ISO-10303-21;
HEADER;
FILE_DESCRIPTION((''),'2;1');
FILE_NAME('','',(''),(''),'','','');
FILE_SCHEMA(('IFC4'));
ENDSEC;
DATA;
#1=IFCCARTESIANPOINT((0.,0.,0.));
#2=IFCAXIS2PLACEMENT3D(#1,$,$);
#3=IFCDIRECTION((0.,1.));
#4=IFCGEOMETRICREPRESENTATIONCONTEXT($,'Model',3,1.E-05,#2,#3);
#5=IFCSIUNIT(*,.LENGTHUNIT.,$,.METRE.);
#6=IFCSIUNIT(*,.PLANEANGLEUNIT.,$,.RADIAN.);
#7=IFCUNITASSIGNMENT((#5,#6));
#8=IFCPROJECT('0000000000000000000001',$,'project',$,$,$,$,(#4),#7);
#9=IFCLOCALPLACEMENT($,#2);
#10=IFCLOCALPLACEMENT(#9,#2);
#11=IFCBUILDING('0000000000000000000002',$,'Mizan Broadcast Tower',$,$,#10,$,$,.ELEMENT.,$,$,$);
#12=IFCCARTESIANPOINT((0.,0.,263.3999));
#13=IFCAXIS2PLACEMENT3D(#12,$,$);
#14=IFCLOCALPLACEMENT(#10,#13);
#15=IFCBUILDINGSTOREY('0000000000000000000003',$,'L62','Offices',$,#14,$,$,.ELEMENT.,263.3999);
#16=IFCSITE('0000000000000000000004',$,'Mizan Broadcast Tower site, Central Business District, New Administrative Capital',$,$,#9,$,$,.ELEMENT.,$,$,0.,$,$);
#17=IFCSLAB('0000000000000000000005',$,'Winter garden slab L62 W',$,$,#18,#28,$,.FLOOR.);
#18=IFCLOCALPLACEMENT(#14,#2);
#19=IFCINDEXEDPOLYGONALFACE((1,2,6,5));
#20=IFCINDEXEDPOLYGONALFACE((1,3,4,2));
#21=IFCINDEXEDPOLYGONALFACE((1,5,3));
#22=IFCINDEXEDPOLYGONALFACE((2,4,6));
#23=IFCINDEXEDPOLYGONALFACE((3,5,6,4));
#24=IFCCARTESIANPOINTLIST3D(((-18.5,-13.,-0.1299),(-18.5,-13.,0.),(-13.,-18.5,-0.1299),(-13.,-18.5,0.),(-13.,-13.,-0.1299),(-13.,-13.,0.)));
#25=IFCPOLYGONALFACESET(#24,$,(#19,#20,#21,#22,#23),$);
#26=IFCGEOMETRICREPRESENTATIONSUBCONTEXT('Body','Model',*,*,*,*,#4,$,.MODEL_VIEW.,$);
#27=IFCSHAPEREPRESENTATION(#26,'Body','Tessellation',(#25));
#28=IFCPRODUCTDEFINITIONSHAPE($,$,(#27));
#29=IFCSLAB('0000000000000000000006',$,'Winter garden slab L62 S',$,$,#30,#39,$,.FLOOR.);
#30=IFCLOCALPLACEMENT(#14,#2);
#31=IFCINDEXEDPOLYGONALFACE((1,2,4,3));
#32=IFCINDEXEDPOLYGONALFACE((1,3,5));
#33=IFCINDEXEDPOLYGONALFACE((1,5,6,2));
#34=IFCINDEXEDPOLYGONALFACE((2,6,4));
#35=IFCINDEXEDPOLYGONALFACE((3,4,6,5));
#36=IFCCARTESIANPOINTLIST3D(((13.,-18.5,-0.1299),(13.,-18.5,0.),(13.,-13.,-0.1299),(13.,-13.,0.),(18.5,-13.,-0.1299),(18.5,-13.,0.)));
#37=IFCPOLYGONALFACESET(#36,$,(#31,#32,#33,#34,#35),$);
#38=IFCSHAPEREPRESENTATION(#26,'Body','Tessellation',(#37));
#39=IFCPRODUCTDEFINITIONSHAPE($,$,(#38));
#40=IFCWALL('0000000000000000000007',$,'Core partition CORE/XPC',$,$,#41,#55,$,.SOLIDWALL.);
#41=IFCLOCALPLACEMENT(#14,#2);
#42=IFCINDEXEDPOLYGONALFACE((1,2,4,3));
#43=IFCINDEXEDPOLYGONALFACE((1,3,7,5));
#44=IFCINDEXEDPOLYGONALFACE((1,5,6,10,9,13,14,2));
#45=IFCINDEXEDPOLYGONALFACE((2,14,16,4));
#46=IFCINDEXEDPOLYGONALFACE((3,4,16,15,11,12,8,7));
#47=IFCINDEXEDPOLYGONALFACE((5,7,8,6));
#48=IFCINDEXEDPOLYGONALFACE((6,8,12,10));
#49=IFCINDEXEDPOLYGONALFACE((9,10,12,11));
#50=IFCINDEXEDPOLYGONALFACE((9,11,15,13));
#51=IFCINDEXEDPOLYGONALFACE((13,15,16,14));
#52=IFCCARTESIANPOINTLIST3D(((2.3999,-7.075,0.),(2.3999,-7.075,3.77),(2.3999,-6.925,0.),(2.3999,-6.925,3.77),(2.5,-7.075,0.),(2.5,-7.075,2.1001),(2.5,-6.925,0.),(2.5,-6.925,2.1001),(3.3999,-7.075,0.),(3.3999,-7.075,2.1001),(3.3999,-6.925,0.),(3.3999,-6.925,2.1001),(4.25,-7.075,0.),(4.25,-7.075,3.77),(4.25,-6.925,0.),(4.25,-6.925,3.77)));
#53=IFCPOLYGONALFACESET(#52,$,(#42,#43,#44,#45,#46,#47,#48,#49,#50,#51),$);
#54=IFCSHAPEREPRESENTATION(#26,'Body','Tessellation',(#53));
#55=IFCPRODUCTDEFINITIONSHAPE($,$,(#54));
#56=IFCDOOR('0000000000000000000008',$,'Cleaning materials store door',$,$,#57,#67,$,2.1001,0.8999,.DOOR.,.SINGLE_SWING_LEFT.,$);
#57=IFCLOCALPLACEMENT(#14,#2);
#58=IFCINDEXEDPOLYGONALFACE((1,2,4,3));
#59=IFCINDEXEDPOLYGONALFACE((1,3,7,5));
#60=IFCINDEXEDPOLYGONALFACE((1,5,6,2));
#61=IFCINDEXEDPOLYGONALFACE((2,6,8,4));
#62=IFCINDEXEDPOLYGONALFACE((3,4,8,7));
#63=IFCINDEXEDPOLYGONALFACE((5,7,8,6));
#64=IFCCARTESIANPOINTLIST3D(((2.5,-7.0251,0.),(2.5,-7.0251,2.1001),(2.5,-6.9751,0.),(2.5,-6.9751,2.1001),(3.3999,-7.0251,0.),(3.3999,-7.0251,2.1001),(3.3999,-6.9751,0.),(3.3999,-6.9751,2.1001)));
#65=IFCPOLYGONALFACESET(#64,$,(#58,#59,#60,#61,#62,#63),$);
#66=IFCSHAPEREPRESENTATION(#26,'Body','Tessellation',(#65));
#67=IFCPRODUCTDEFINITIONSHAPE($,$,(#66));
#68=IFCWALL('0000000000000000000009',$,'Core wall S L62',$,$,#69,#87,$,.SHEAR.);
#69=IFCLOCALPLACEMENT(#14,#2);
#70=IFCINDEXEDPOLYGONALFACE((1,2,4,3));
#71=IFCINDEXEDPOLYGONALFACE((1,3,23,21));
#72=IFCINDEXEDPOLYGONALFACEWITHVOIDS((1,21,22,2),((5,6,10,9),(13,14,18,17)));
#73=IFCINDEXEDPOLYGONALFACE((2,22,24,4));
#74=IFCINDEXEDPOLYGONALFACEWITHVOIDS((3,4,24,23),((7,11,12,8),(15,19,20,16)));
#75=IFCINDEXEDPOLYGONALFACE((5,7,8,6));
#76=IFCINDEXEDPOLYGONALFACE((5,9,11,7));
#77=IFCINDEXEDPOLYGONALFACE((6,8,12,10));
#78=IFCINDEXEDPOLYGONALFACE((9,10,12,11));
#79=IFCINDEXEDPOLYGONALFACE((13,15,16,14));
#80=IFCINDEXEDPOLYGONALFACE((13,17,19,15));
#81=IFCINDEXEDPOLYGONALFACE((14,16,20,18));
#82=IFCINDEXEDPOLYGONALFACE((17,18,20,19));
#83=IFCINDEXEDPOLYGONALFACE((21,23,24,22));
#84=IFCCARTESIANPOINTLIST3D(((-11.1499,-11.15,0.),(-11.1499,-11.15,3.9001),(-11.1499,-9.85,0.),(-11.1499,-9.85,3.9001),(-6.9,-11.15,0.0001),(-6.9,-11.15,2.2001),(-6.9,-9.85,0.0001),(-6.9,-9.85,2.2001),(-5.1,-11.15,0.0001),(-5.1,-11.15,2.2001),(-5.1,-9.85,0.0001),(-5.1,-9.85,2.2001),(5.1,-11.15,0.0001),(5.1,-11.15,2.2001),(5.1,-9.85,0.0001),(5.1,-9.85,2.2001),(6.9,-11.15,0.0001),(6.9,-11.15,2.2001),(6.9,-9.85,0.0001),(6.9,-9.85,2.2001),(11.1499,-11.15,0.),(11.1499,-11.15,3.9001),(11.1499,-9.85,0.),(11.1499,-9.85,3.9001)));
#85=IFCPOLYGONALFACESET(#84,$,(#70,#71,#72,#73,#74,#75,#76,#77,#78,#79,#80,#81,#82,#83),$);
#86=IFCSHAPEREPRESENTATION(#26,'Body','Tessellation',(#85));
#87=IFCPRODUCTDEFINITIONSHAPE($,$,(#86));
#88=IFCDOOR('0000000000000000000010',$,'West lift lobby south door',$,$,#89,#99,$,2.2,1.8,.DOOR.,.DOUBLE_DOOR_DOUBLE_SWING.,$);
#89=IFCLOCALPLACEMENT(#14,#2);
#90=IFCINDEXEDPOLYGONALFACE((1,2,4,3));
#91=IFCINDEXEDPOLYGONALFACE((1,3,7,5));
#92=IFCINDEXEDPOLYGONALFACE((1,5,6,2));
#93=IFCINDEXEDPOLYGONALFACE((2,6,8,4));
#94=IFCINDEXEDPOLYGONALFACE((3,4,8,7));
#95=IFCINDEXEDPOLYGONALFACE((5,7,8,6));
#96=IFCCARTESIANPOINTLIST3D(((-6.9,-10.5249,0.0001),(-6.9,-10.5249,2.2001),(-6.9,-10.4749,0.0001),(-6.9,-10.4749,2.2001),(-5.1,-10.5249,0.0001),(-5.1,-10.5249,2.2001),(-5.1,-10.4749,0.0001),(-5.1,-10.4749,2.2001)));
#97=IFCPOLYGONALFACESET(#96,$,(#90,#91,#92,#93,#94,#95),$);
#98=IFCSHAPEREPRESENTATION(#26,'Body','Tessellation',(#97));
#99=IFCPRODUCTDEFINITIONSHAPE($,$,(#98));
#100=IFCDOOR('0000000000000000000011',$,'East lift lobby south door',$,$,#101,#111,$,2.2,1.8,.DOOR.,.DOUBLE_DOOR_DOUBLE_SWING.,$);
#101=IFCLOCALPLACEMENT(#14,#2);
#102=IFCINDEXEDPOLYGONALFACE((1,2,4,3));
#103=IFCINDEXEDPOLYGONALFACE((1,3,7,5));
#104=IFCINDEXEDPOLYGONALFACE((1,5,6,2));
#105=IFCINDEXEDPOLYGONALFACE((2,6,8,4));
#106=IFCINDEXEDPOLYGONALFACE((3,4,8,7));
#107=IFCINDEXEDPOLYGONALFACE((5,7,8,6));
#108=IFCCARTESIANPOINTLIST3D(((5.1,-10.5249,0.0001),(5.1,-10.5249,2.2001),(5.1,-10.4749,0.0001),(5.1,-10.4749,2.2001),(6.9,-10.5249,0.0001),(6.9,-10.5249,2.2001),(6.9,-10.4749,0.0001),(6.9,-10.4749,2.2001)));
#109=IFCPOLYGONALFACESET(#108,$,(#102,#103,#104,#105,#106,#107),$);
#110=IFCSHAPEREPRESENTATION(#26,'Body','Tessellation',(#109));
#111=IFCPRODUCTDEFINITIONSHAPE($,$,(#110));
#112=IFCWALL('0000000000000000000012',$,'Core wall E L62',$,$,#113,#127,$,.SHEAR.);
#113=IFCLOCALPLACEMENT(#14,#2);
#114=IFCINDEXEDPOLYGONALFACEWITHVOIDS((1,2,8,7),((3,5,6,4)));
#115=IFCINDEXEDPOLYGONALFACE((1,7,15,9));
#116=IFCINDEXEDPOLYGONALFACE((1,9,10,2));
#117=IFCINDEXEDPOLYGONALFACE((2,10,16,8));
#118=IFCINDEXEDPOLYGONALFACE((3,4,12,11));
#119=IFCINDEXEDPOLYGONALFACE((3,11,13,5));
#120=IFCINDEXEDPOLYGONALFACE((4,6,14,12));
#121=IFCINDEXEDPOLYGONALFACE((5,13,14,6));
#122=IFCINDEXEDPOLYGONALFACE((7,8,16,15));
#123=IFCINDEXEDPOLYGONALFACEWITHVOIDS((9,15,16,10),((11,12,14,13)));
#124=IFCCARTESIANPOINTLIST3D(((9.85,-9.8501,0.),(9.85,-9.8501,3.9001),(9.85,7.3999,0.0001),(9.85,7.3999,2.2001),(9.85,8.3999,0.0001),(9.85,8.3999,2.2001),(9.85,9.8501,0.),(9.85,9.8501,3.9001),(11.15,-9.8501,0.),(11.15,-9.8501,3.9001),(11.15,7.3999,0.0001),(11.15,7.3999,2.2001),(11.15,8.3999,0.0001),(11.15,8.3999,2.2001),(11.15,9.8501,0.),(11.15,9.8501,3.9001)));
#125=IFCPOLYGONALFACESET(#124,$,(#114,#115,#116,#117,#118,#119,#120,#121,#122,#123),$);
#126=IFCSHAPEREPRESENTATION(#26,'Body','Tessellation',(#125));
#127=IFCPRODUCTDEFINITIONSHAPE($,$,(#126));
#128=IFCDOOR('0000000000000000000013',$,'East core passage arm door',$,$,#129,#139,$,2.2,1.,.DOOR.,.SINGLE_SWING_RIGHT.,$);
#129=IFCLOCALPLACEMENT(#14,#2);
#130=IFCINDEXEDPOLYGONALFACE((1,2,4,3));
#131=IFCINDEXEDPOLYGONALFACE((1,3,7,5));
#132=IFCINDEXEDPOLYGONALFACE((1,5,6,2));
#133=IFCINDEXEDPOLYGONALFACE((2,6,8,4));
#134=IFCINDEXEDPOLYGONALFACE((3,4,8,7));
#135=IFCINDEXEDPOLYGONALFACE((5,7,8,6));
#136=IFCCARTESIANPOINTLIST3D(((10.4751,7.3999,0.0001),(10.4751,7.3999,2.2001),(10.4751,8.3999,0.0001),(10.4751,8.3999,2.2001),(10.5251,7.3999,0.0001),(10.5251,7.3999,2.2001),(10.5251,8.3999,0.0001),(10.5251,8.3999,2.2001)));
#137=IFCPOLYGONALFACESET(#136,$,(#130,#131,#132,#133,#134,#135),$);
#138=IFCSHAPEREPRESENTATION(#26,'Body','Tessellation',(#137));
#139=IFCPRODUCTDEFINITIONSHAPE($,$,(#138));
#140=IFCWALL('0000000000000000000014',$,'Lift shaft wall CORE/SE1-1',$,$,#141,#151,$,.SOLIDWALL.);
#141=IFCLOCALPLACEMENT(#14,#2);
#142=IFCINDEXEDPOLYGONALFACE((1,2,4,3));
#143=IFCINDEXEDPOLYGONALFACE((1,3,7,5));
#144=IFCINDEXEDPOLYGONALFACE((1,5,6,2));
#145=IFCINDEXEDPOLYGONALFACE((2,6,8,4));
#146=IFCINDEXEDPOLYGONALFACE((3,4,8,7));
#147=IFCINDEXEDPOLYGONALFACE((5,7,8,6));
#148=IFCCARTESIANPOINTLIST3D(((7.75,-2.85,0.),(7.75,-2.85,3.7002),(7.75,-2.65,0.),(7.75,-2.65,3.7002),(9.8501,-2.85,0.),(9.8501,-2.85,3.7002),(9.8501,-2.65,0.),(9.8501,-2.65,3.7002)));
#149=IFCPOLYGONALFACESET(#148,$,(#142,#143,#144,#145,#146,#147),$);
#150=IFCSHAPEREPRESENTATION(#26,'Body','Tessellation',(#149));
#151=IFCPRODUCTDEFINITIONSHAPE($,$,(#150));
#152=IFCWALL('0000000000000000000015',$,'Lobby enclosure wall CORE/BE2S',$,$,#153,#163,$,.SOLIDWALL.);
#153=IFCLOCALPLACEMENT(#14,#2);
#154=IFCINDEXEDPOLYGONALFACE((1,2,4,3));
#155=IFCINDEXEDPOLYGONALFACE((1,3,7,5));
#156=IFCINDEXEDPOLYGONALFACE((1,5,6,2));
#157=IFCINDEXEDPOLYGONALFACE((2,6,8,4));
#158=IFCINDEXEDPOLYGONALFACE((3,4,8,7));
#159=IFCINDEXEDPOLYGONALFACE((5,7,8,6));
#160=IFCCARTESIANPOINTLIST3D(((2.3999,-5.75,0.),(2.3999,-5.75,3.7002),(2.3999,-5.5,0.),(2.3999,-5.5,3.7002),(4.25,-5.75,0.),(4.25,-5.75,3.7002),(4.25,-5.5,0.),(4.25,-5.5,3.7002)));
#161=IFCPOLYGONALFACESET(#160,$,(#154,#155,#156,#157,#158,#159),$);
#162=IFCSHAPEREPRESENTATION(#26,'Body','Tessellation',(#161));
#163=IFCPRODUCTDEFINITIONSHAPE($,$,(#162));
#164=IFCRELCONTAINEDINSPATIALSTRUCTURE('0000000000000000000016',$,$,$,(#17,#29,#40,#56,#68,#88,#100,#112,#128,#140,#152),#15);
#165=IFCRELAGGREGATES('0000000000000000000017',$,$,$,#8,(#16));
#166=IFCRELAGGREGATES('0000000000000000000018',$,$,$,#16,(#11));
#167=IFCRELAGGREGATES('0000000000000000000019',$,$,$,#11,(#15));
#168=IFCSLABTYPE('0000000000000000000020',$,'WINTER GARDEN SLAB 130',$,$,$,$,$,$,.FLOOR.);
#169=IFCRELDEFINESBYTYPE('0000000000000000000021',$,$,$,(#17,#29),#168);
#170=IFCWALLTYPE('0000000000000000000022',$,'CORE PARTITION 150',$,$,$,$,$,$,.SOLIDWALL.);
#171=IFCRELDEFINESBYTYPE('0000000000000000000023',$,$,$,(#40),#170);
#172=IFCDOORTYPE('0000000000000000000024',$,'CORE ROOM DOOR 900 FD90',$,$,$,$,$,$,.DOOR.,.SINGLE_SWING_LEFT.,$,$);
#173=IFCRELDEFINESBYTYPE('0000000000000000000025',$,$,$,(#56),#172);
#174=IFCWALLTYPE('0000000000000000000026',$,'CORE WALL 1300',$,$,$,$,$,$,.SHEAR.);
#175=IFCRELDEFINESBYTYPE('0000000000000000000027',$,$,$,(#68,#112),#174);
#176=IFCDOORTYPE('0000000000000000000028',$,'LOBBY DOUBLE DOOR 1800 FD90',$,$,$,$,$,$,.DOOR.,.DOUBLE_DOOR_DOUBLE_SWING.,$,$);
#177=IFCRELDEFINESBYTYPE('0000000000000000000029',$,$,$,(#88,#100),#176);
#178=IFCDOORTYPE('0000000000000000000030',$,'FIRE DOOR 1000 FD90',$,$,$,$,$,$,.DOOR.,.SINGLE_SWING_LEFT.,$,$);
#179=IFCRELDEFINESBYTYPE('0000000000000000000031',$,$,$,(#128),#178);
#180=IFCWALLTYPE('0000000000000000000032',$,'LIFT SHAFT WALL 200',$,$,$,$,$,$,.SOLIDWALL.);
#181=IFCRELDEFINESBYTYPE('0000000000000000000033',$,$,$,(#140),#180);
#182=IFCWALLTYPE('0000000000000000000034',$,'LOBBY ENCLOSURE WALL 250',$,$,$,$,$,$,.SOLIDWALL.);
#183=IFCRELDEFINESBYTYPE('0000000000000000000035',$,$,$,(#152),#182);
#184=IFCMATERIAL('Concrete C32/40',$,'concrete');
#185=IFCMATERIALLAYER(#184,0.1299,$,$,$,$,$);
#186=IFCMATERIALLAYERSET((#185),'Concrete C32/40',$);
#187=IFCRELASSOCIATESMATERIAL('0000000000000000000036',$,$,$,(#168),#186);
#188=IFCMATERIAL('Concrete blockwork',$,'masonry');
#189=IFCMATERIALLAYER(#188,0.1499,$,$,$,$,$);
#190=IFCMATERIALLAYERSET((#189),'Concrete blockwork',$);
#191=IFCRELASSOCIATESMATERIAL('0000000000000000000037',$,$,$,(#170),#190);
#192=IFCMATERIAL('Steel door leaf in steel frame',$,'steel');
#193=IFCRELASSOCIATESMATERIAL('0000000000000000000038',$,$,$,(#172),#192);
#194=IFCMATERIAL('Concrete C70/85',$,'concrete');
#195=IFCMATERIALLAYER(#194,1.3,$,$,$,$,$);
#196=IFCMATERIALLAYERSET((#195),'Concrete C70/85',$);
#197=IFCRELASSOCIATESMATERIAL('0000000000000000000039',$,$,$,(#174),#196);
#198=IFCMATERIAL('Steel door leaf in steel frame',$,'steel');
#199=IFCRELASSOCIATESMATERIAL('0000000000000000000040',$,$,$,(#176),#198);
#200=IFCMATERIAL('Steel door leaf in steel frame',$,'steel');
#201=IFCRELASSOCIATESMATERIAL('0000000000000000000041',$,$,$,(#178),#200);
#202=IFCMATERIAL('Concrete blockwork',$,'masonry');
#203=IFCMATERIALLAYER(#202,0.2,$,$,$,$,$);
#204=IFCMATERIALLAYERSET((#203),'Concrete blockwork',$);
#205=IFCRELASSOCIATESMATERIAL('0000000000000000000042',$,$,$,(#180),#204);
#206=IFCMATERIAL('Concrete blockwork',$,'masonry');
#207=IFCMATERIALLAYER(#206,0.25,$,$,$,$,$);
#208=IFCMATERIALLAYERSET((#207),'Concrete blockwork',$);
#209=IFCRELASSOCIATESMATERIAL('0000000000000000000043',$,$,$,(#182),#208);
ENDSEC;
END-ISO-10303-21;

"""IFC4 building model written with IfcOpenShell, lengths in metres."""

from ifc_helpers import new_model, si_unit, direction, frame, frame_2d, origin, place, context, subcontext, project, spatial, polyline, rectangle, outline, extrude, material, layer, layer_set, type_object, element, fill, save


model = new_model("IFC4")

# Units and contexts
model_context = context("Model", 3, precision=1e-05, world=origin(), true_north=direction((0.0, 1.0)))
body_context = subcontext(model_context, "Body", "Model", "MODEL_VIEW")
ifc_project = project(units=[si_unit("LENGTHUNIT", "METRE"), si_unit("PLANEANGLEUNIT", "RADIAN")], contexts=[model_context])

# Site, building, storey
site_placement = place(None, origin())
site = spatial("IfcSite", under=ifc_project, at=site_placement, Name="Mizan Broadcast Tower site, Central Business District, New Administrative Capital", CompositionType="ELEMENT", RefElevation=0.0)
building_placement = place(site_placement, origin())
building = spatial("IfcBuilding", under=site, at=building_placement, Name="Mizan Broadcast Tower", CompositionType="ELEMENT")
storey_placement = place(building_placement, frame((0.0, 0.0, 263.3999)))
storey = spatial("IfcBuildingStorey", under=building, at=storey_placement, Name="L62", Description="Offices", CompositionType="ELEMENT", Elevation=263.3999)

# Slabs
ifc_material_1 = material(Name="Concrete C32/40", Category="concrete")
ifc_layer_1 = layer(ifc_material_1, 0.1299)
ifc_layer_set_1 = layer_set([ifc_layer_1], Name="Concrete C32/40")
slab_type_1 = type_object("IfcSlabType", Name="WINTER GARDEN SLAB 130", PredefinedType="FLOOR", material=ifc_layer_set_1)
slab_1_placement = place(storey_placement, frame((0.0, 0.0, -0.1299)))
element("IfcSlab", 1, at=slab_1_placement, inside=storey, type_object=slab_type_1, Name="Winter garden slab L62 W", PredefinedType="FLOOR", context=body_context, shape_type="SweptSolid", body=[
    extrude(outline(polyline([(-13.0, -13.0), (-18.5, -13.0), (-13.0, -18.5), (-13.0, -13.0)])), origin(), (0.0, 0.0, 1.0), 0.1299),
])
slab_2_placement = place(storey_placement, frame((0.0, 0.0, -0.1299)))
element("IfcSlab", 2, at=slab_2_placement, inside=storey, type_object=slab_type_1, Name="Winter garden slab L62 S", PredefinedType="FLOOR", context=body_context, shape_type="SweptSolid", body=[
    extrude(outline(polyline([(13.0, -13.0), (13.0, -18.5), (18.5, -13.0), (13.0, -13.0)])), origin(), (0.0, 0.0, 1.0), 0.1299),
])

# Wall, opening, door
ifc_material_2 = material(Name="Concrete blockwork", Category="masonry")
ifc_layer_2 = layer(ifc_material_2, 0.1499)
ifc_layer_set_2 = layer_set([ifc_layer_2], Name="Concrete blockwork")
wall_type_1 = type_object("IfcWallType", Name="CORE PARTITION 150", PredefinedType="SOLIDWALL", material=ifc_layer_set_2)
wall_1_placement = place(storey_placement, frame((2.3999, -7.0, 0.0), z_axis=(0.0, 0.0, 1.0), x_axis=(1.0, 0.0, 0.0)))
wall_1 = element("IfcWall", 3, at=wall_1_placement, inside=storey, type_object=wall_type_1, Name="Core partition CORE/XPC", PredefinedType="SOLIDWALL", context=body_context, shape_type="SweptSolid", body=[
    extrude(rectangle(XDim=1.8501, YDim=0.1499, at=frame_2d((0.925, 0.0))), origin(), (0.0, 0.0, 1.0), 3.77),
])
opening_1_placement = place(wall_1_placement, frame((0.1001, 0.0, 0.0)))
opening_1 = element("IfcOpeningElement", 4, at=opening_1_placement, cuts=wall_1, PredefinedType="OPENING", context=body_context, shape_type="SweptSolid", body=[
    extrude(rectangle(XDim=0.8999, YDim=2.1001, at=frame_2d((0.45, 1.05))), frame((0.0, 0.085, 0.0), z_axis=(0.0, -1.0, 0.0), x_axis=(1.0, 0.0, 0.0)), (0.0, 0.0, 1.0), 0.1699),
])
ifc_material_3 = material(Name="Steel door leaf in steel frame", Category="steel")
door_type_1 = type_object("IfcDoorType", Name="CORE ROOM DOOR 900 FD90", OperationType="SINGLE_SWING_LEFT", PredefinedType="DOOR", material=ifc_material_3)
door_1_placement = place(opening_1_placement, origin())
door_1 = element("IfcDoor", 5, at=door_1_placement, inside=storey, type_object=door_type_1, Name="Cleaning materials store door", OperationType="SINGLE_SWING_LEFT", OverallHeight=2.1001, OverallWidth=0.8999, PredefinedType="DOOR", context=body_context, shape_type="SweptSolid", body=[
    extrude(rectangle(XDim=0.8999, YDim=2.1001, at=frame_2d((0.45, 1.05))), frame((0.0, 0.0249, 0.0), z_axis=(0.0, -1.0, 0.0), x_axis=(1.0, 0.0, 0.0)), (0.0, 0.0, 1.0), 0.05),
])
fill(opening_1, door_1)

# Wall, openings, doors
ifc_material_4 = material(Name="Concrete C70/85", Category="concrete")
ifc_layer_3 = layer(ifc_material_4, 1.3)
ifc_layer_set_3 = layer_set([ifc_layer_3], Name="Concrete C70/85")
wall_type_2 = type_object("IfcWallType", Name="CORE WALL 1300", PredefinedType="SHEAR", material=ifc_layer_set_3)
wall_2_placement = place(storey_placement, frame((11.1499, -10.5, 0.0), z_axis=(0.0, 0.0, 1.0), x_axis=(-1.0, 0.0, 0.0)))
wall_2 = element("IfcWall", 6, at=wall_2_placement, inside=storey, type_object=wall_type_2, Name="Core wall S L62", PredefinedType="SHEAR", context=body_context, shape_type="SweptSolid", body=[
    extrude(rectangle(XDim=22.2998, YDim=1.3, at=frame_2d((11.1499, 0.0))), origin(), (0.0, 0.0, 1.0), 3.9001),
])
opening_2_placement = place(wall_2_placement, frame((16.25, 0.0, 0.0)))
opening_2 = element("IfcOpeningElement", 7, at=opening_2_placement, cuts=wall_2, PredefinedType="OPENING", context=body_context, shape_type="SweptSolid", body=[
    extrude(rectangle(XDim=1.8, YDim=2.2, at=frame_2d((0.8999, 1.1001))), frame((0.0, 0.6599, 0.0), z_axis=(0.0, -1.0, 0.0), x_axis=(1.0, 0.0, 0.0)), (0.0, 0.0, 1.0), 1.3201),
])
opening_3_placement = place(wall_2_placement, frame((4.25, 0.0, 0.0)))
opening_3 = element("IfcOpeningElement", 8, at=opening_3_placement, cuts=wall_2, PredefinedType="OPENING", context=body_context, shape_type="SweptSolid", body=[
    extrude(rectangle(XDim=1.8, YDim=2.2, at=frame_2d((0.8999, 1.1001))), frame((0.0, 0.6599, 0.0), z_axis=(0.0, -1.0, 0.0), x_axis=(1.0, 0.0, 0.0)), (0.0, 0.0, 1.0), 1.3201),
])
ifc_material_5 = material(Name="Steel door leaf in steel frame", Category="steel")
door_type_2 = type_object("IfcDoorType", Name="LOBBY DOUBLE DOOR 1800 FD90", OperationType="DOUBLE_DOOR_DOUBLE_SWING", PredefinedType="DOOR", material=ifc_material_5)
door_2_placement = place(opening_2_placement, origin())
door_2 = element("IfcDoor", 9, at=door_2_placement, inside=storey, type_object=door_type_2, Name="West lift lobby south door", OperationType="DOUBLE_DOOR_DOUBLE_SWING", OverallHeight=2.2, OverallWidth=1.8, PredefinedType="DOOR", context=body_context, shape_type="SweptSolid", body=[
    extrude(rectangle(XDim=1.8, YDim=2.2, at=frame_2d((0.8999, 1.1001))), frame((0.0, 0.0249, 0.0), z_axis=(0.0, -1.0, 0.0), x_axis=(1.0, 0.0, 0.0)), (0.0, 0.0, 1.0), 0.05),
])
fill(opening_2, door_2)
door_3_placement = place(opening_3_placement, origin())
door_3 = element("IfcDoor", 10, at=door_3_placement, inside=storey, type_object=door_type_2, Name="East lift lobby south door", OperationType="DOUBLE_DOOR_DOUBLE_SWING", OverallHeight=2.2, OverallWidth=1.8, PredefinedType="DOOR", context=body_context, shape_type="SweptSolid", body=[
    extrude(rectangle(XDim=1.8, YDim=2.2, at=frame_2d((0.8999, 1.1001))), frame((0.0, 0.0249, 0.0), z_axis=(0.0, -1.0, 0.0), x_axis=(1.0, 0.0, 0.0)), (0.0, 0.0, 1.0), 0.05),
])
fill(opening_3, door_3)

# Wall, opening, door
wall_3_placement = place(storey_placement, frame((10.5, -9.8501, 0.0), z_axis=(0.0, 0.0, 1.0), x_axis=(0.0, 1.0, 0.0)))
wall_3 = element("IfcWall", 11, at=wall_3_placement, inside=storey, type_object=wall_type_2, Name="Core wall E L62", PredefinedType="SHEAR", context=body_context, shape_type="SweptSolid", body=[
    extrude(rectangle(XDim=19.7002, YDim=1.3, at=frame_2d((9.8501, 0.0))), origin(), (0.0, 0.0, 1.0), 3.9001),
])
opening_4_placement = place(wall_3_placement, frame((17.25, 0.0, 0.0)))
opening_4 = element("IfcOpeningElement", 12, at=opening_4_placement, cuts=wall_3, PredefinedType="OPENING", context=body_context, shape_type="SweptSolid", body=[
    extrude(rectangle(XDim=1.0, YDim=2.2, at=frame_2d((0.5, 1.1001))), frame((0.0, 0.6599, 0.0), z_axis=(0.0, -1.0, 0.0), x_axis=(1.0, 0.0, 0.0)), (0.0, 0.0, 1.0), 1.3201),
])
ifc_material_6 = material(Name="Steel door leaf in steel frame", Category="steel")
door_type_3 = type_object("IfcDoorType", Name="FIRE DOOR 1000 FD90", OperationType="SINGLE_SWING_LEFT", PredefinedType="DOOR", material=ifc_material_6)
door_4_placement = place(opening_4_placement, origin())
door_4 = element("IfcDoor", 13, at=door_4_placement, inside=storey, type_object=door_type_3, Name="East core passage arm door", OperationType="SINGLE_SWING_RIGHT", OverallHeight=2.2, OverallWidth=1.0, PredefinedType="DOOR", context=body_context, shape_type="SweptSolid", body=[
    extrude(rectangle(XDim=1.0, YDim=2.2, at=frame_2d((0.5, 1.1001))), frame((0.0, 0.0249, 0.0), z_axis=(0.0, -1.0, 0.0), x_axis=(1.0, 0.0, 0.0)), (0.0, 0.0, 1.0), 0.05),
])
fill(opening_4, door_4)

# Walls
ifc_material_7 = material(Name="Concrete blockwork", Category="masonry")
ifc_layer_4 = layer(ifc_material_7, 0.2)
ifc_layer_set_4 = layer_set([ifc_layer_4], Name="Concrete blockwork")
wall_type_3 = type_object("IfcWallType", Name="LIFT SHAFT WALL 200", PredefinedType="SOLIDWALL", material=ifc_layer_set_4)
wall_4_placement = place(storey_placement, frame((7.75, -2.75, 0.0), z_axis=(0.0, 0.0, 1.0), x_axis=(1.0, 0.0, 0.0)))
element("IfcWall", 14, at=wall_4_placement, inside=storey, type_object=wall_type_3, Name="Lift shaft wall CORE/SE1-1", PredefinedType="SOLIDWALL", context=body_context, shape_type="SweptSolid", body=[
    extrude(rectangle(XDim=2.1001, YDim=0.2, at=frame_2d((1.05, 0.0))), origin(), (0.0, 0.0, 1.0), 3.7002),
])
ifc_material_8 = material(Name="Concrete blockwork", Category="masonry")
ifc_layer_5 = layer(ifc_material_8, 0.25)
ifc_layer_set_5 = layer_set([ifc_layer_5], Name="Concrete blockwork")
wall_type_4 = type_object("IfcWallType", Name="LOBBY ENCLOSURE WALL 250", PredefinedType="SOLIDWALL", material=ifc_layer_set_5)
wall_5_placement = place(storey_placement, frame((2.3999, -5.625, 0.0), z_axis=(0.0, 0.0, 1.0), x_axis=(1.0, 0.0, 0.0)))
element("IfcWall", 15, at=wall_5_placement, inside=storey, type_object=wall_type_4, Name="Lobby enclosure wall CORE/BE2S", PredefinedType="SOLIDWALL", context=body_context, shape_type="SweptSolid", body=[
    extrude(rectangle(XDim=1.8501, YDim=0.25, at=frame_2d((0.925, 0.0))), origin(), (0.0, 0.0, 1.0), 3.7002),
])

save(model, "model.ifc")
